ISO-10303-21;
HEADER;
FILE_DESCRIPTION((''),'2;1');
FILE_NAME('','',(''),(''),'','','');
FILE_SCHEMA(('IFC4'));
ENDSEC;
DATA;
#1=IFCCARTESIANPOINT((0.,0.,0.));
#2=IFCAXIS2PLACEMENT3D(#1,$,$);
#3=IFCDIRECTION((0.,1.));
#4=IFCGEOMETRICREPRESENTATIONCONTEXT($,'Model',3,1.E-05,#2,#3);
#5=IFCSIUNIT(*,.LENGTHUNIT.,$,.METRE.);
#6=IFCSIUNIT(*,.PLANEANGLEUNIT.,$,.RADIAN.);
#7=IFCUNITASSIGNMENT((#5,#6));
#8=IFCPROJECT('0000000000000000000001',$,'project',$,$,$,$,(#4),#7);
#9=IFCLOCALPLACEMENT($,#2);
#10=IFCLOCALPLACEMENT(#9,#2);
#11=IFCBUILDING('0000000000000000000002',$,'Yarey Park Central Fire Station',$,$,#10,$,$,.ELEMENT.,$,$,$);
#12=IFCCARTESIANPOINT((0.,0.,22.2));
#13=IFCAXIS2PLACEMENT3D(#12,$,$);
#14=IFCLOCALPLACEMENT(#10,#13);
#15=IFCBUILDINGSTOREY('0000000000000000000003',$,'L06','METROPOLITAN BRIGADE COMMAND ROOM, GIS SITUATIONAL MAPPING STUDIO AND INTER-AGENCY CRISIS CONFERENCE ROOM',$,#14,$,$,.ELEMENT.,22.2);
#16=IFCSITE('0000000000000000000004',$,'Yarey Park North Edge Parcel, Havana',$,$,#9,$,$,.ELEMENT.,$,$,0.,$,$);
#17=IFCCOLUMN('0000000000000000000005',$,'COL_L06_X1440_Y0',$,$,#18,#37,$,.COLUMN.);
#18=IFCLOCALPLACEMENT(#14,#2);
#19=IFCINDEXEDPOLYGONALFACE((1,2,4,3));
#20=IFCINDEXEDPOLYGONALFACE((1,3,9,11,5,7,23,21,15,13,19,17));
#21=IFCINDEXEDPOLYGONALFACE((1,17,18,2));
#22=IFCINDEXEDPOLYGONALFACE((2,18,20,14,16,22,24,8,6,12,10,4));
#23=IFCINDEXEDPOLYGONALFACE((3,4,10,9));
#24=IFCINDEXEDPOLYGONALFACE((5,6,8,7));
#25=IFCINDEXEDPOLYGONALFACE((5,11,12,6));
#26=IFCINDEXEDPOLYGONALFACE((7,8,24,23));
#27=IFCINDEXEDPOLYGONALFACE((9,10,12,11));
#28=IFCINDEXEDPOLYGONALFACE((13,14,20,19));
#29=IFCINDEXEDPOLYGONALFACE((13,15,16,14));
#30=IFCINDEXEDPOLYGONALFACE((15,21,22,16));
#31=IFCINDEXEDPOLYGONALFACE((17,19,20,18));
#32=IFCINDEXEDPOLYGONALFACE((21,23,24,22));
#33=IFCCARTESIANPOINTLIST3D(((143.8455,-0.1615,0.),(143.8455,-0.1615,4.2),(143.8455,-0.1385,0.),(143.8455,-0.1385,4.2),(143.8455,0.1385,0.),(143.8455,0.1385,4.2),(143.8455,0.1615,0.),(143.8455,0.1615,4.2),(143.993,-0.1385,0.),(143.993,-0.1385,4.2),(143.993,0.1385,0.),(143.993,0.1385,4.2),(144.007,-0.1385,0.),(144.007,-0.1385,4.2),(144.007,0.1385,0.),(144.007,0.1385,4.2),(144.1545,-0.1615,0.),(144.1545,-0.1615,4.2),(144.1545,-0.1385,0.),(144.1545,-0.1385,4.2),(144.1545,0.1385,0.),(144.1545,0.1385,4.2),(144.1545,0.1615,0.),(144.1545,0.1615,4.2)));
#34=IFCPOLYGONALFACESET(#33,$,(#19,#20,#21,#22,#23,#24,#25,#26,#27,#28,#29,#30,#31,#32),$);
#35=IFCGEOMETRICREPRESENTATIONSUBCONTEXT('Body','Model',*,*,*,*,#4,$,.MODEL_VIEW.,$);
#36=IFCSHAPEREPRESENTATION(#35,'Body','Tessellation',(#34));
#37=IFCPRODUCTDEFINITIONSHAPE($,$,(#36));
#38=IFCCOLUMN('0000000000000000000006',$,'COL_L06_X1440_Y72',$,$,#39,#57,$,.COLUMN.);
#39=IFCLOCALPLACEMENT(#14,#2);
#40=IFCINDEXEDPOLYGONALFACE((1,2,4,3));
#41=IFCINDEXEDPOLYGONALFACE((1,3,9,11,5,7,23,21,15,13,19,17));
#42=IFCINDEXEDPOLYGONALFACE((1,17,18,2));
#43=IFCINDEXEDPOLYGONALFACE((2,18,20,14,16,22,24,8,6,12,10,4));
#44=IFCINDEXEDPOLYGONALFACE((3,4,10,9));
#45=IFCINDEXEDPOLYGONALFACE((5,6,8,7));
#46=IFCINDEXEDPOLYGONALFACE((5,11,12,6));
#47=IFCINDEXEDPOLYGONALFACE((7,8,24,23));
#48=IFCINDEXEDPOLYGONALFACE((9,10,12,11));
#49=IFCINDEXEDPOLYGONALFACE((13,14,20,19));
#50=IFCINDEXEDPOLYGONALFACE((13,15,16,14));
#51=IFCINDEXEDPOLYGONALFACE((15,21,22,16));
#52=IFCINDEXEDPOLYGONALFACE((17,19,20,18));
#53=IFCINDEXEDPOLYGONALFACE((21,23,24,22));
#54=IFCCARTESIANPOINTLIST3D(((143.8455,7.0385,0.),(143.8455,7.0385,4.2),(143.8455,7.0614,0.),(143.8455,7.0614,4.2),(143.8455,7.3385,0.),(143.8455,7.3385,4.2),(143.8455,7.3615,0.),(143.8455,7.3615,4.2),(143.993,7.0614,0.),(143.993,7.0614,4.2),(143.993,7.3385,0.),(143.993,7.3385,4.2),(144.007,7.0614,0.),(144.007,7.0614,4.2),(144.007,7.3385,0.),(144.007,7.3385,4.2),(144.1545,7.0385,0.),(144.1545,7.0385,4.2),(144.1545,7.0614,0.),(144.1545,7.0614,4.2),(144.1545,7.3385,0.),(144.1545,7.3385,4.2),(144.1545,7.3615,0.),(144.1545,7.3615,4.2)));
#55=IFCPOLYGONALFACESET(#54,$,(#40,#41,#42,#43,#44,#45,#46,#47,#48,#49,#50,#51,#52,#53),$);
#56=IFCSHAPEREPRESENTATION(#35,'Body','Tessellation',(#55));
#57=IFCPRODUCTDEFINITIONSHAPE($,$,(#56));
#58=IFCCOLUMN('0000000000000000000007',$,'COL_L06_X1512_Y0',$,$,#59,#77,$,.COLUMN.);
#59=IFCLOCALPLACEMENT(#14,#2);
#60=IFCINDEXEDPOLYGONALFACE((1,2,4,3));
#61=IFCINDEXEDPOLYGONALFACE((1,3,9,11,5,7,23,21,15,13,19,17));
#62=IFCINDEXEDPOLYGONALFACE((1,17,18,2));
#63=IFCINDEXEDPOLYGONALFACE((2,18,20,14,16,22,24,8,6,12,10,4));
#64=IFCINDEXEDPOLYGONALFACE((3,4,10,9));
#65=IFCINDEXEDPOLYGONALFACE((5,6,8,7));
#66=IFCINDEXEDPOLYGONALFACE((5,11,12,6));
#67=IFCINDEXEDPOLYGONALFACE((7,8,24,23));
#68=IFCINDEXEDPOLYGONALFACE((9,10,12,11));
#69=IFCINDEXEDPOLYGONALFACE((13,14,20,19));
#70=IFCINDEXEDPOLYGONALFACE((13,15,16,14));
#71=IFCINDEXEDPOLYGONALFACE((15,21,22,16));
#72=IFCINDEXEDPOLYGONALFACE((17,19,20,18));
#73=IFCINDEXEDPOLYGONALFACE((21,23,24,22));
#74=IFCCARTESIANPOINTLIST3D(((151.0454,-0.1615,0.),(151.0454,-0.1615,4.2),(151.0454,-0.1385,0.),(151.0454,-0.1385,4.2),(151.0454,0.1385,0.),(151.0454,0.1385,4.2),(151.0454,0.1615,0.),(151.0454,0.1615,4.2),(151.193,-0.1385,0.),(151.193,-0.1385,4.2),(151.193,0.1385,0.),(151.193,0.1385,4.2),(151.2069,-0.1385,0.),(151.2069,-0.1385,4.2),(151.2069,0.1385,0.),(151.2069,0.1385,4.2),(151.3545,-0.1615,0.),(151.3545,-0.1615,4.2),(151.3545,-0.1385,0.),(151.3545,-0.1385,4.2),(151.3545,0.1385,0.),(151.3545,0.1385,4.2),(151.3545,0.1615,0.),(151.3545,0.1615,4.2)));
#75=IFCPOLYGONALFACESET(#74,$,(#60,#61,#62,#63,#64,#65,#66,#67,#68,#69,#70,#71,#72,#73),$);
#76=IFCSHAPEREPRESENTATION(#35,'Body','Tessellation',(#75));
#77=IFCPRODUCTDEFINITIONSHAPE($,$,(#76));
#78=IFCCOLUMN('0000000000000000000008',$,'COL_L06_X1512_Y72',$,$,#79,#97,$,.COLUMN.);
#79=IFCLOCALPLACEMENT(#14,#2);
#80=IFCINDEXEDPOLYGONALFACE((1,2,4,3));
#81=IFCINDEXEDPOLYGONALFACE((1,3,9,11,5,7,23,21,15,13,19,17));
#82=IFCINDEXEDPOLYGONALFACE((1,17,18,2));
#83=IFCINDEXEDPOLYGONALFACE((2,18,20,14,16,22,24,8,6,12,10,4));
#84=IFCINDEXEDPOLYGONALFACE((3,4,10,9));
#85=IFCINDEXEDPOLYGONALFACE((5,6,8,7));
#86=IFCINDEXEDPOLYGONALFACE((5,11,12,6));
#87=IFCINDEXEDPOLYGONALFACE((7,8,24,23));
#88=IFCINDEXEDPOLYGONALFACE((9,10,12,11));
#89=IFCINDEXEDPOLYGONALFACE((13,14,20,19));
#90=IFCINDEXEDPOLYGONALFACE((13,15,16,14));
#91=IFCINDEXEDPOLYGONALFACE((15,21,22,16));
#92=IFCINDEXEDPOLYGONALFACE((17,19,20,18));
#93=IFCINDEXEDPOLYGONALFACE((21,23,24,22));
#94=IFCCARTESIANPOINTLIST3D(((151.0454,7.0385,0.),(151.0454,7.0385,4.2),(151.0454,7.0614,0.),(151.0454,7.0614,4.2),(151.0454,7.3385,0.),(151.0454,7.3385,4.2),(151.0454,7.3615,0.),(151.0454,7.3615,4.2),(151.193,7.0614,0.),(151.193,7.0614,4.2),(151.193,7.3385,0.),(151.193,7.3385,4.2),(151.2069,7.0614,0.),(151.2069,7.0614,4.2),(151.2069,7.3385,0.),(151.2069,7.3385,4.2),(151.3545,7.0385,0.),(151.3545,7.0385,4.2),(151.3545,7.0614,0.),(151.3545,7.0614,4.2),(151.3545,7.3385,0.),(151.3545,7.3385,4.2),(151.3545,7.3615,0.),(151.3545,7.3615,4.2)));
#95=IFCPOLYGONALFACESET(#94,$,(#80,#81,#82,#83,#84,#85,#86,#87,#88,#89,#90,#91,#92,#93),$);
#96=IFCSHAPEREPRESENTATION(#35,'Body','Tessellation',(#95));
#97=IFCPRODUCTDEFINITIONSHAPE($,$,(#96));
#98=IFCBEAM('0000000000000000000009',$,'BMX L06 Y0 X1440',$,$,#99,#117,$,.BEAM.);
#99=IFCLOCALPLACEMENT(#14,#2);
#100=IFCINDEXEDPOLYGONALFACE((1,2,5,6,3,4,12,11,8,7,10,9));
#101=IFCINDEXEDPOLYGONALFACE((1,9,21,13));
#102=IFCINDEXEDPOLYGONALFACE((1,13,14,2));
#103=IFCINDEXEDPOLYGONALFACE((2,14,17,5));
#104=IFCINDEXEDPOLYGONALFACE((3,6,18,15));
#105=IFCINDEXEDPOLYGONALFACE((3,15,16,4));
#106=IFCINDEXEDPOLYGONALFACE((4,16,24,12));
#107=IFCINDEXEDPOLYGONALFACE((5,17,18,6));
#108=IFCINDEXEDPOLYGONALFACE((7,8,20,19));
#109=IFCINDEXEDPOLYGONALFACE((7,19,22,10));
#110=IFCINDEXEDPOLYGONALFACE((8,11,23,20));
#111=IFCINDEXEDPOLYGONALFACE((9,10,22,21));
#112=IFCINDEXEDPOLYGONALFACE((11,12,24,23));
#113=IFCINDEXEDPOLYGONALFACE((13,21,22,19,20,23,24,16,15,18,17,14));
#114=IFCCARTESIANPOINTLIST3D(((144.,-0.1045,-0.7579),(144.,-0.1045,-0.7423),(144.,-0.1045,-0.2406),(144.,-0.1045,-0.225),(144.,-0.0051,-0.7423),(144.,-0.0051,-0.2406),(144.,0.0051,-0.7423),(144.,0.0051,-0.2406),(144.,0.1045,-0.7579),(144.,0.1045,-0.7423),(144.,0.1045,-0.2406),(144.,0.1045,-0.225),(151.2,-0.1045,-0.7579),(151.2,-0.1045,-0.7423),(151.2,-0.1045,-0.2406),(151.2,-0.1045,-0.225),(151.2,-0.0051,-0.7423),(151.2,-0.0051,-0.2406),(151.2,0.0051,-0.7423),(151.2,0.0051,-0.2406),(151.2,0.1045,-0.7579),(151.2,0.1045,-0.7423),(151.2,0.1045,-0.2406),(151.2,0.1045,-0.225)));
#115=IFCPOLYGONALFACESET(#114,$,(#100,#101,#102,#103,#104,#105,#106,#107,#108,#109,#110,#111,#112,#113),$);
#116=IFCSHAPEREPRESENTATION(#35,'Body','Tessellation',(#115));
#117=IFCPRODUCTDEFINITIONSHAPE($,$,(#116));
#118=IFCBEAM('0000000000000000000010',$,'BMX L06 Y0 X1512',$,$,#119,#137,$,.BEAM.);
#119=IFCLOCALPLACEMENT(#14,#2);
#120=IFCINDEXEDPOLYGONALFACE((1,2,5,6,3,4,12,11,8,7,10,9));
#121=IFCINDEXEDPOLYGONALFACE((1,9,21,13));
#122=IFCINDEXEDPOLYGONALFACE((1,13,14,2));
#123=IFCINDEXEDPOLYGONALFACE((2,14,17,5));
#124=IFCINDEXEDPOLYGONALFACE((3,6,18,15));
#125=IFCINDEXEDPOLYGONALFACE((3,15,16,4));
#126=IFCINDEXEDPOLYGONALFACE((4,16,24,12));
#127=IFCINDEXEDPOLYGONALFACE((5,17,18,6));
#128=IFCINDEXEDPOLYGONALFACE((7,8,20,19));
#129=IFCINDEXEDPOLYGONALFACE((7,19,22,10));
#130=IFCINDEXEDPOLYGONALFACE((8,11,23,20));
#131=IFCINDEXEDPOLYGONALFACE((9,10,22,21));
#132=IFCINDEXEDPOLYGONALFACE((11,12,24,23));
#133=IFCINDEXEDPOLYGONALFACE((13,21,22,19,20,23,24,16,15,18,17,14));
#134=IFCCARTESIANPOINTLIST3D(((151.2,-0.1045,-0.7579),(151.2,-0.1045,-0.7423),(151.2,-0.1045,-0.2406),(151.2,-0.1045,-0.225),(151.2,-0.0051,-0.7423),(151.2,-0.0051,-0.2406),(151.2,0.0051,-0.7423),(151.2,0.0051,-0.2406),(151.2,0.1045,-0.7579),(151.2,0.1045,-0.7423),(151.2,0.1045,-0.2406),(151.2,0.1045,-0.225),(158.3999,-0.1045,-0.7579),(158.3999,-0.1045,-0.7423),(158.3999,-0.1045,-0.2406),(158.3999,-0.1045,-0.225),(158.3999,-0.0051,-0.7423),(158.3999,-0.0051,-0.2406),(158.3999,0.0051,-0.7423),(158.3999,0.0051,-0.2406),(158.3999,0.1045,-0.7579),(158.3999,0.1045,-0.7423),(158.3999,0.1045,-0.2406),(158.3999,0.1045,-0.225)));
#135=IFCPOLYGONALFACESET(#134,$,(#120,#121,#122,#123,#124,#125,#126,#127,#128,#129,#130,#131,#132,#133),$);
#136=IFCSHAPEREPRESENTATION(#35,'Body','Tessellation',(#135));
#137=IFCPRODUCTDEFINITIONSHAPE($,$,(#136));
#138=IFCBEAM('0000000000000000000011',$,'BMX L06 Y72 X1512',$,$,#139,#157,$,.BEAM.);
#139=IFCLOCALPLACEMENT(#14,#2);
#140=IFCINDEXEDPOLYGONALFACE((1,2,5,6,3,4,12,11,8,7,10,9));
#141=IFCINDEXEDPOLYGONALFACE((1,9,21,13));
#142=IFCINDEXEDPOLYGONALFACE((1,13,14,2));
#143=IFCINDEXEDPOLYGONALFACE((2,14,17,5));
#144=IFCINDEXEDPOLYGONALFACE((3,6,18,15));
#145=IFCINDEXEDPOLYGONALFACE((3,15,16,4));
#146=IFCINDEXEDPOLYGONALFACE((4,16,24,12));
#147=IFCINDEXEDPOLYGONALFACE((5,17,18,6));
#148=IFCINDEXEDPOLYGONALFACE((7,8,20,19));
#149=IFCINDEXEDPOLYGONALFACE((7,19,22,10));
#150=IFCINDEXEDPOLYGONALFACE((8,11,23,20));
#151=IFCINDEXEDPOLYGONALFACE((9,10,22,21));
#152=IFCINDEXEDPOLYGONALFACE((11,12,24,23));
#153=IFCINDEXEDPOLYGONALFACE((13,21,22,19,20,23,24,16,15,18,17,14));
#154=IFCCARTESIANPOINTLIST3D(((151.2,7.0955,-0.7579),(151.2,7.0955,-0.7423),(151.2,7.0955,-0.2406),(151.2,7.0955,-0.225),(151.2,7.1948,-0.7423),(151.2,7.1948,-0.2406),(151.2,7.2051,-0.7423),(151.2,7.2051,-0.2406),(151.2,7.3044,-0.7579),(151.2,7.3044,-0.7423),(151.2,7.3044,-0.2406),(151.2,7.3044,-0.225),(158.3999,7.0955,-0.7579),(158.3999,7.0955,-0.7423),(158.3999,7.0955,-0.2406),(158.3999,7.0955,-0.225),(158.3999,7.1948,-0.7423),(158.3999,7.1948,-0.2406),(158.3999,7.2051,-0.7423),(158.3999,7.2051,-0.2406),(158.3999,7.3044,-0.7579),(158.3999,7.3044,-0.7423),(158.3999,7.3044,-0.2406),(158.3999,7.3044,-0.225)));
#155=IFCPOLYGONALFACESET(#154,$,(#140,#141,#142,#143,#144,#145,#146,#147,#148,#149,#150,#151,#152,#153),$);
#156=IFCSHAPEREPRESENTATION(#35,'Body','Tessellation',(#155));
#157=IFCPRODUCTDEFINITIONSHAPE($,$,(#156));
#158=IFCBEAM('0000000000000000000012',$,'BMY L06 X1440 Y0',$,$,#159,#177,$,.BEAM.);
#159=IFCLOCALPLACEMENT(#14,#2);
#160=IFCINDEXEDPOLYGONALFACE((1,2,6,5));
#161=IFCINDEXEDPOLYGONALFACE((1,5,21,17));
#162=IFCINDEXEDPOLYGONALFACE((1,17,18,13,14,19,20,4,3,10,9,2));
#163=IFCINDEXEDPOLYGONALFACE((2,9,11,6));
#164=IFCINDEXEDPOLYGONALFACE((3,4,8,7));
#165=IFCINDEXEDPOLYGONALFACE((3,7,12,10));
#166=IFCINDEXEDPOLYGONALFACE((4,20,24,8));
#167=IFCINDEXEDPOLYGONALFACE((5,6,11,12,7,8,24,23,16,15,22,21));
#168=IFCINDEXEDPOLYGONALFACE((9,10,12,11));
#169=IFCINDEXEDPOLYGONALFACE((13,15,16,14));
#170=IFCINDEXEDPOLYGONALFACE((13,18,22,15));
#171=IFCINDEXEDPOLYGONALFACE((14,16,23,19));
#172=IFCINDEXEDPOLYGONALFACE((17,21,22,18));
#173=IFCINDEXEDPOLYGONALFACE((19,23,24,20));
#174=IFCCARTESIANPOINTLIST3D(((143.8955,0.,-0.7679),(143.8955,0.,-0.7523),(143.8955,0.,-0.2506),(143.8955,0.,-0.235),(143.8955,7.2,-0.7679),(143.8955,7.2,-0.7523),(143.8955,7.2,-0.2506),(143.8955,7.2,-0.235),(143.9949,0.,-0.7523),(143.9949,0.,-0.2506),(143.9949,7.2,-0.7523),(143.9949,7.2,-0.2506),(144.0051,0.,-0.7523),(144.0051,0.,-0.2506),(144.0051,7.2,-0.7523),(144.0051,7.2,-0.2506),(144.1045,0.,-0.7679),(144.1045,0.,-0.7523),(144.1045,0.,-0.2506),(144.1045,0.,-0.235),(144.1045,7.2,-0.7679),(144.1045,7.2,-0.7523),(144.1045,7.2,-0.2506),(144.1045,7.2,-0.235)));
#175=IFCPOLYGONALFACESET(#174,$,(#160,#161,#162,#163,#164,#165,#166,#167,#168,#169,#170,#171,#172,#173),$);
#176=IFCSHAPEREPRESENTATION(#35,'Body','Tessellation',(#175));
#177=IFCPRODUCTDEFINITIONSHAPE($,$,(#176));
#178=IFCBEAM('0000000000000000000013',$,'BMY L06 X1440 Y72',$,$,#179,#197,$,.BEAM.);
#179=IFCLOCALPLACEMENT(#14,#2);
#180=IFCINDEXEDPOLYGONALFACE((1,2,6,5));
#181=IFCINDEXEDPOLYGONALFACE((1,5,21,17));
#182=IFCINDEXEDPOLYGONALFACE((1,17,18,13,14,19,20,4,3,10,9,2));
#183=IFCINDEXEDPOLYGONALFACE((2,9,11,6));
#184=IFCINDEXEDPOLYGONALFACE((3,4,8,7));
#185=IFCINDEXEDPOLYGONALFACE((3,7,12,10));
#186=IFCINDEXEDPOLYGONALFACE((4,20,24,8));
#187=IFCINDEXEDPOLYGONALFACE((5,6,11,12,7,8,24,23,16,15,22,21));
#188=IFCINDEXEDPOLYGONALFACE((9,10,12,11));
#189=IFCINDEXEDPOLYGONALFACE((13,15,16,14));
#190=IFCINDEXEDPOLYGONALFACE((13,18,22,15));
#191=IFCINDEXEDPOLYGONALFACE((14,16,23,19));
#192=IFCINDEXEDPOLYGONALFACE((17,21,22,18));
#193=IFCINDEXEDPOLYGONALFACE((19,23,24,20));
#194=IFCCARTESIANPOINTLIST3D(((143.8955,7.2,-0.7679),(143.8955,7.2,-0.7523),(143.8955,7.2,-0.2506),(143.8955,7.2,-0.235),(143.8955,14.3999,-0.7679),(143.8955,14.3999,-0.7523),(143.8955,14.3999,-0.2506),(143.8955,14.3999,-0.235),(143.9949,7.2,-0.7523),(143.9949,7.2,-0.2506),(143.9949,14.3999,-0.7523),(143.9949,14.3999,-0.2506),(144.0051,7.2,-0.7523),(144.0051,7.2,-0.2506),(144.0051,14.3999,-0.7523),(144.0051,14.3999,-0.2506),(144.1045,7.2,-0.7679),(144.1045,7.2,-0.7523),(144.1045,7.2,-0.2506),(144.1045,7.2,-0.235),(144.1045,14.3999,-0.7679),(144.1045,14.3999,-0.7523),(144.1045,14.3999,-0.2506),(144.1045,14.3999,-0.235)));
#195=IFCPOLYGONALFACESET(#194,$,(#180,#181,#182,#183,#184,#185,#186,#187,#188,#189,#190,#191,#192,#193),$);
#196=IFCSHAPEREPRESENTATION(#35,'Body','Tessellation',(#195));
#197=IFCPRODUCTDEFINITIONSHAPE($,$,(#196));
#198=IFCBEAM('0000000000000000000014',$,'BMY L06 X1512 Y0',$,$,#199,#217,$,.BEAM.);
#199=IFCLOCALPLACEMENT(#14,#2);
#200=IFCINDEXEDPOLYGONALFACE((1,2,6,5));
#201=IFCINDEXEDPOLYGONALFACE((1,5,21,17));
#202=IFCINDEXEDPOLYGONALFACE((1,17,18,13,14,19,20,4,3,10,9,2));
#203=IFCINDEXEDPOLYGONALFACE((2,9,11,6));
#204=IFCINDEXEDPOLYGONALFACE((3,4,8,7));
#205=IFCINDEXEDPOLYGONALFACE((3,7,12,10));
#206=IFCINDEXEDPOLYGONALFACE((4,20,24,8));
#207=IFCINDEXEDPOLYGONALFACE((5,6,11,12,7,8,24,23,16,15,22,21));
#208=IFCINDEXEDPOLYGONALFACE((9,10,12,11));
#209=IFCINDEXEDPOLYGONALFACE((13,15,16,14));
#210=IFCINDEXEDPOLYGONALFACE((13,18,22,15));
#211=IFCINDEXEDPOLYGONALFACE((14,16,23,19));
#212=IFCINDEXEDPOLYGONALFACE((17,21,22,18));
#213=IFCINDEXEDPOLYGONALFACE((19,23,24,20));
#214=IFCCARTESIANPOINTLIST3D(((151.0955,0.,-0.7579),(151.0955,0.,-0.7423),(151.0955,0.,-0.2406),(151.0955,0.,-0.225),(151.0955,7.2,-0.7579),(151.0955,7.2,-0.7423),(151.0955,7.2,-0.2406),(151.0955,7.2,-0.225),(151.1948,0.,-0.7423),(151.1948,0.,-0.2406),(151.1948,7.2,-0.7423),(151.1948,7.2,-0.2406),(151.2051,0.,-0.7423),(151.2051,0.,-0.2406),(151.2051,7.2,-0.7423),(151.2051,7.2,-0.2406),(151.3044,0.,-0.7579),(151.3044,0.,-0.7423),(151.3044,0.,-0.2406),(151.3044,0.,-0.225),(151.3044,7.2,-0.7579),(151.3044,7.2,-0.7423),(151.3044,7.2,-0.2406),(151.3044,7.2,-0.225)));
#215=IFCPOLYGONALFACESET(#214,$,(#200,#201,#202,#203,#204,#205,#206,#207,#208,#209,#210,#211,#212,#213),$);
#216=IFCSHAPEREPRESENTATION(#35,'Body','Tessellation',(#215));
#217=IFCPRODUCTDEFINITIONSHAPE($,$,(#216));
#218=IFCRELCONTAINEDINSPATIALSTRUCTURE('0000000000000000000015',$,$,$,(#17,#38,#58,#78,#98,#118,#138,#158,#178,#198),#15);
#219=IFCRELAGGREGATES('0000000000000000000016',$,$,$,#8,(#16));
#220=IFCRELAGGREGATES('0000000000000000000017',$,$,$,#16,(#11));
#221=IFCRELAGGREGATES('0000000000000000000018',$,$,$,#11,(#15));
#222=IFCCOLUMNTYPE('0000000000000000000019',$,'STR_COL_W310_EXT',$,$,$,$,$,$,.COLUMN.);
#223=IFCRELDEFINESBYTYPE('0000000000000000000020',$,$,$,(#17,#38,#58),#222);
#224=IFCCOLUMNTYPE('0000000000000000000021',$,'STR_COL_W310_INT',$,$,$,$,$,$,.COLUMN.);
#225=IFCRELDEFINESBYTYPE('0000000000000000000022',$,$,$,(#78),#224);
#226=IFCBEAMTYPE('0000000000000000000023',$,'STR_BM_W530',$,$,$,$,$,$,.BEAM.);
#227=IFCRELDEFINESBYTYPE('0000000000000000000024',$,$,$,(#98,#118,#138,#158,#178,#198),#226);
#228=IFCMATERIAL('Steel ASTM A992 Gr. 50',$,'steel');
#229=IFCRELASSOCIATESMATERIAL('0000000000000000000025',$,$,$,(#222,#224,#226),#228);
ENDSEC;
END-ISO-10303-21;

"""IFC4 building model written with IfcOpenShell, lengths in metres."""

from ifc_helpers import new_model, si_unit, direction, frame, origin, origin_2d, place, context, subcontext, project, spatial, i_section, extrude, material, material_profile, profile_set, type_object, element, save


model = new_model("IFC4")

# Units and contexts
model_context = context("Model", 3, precision=1e-05, world=origin(), true_north=direction((0.0, 1.0)))
body_context = subcontext(model_context, "Body", "Model", "MODEL_VIEW")
ifc_project = project(units=[si_unit("LENGTHUNIT", "METRE"), si_unit("PLANEANGLEUNIT", "RADIAN")], contexts=[model_context])

# Site, building, storey
site_placement = place(None, origin())
site = spatial("IfcSite", under=ifc_project, at=site_placement, Name="Yarey Park North Edge Parcel, Havana", CompositionType="ELEMENT", RefElevation=0.0)
building_placement = place(site_placement, origin())
building = spatial("IfcBuilding", under=site, at=building_placement, Name="Yarey Park Central Fire Station", CompositionType="ELEMENT")
storey_placement = place(building_placement, frame((0.0, 0.0, 22.2)))
storey = spatial("IfcBuildingStorey", under=building, at=storey_placement, Name="L06", Description="METROPOLITAN BRIGADE COMMAND ROOM, GIS SITUATIONAL MAPPING STUDIO AND INTER-AGENCY CRISIS CONFERENCE ROOM", CompositionType="ELEMENT", Elevation=22.2)

# Columns
ifc_material_1 = material(Name="Steel ASTM A992 Gr. 50", Category="steel")
ifc_material_profile_1 = material_profile(ifc_material_1, i_section(OverallWidth=0.3091, OverallDepth=0.323, WebThickness=0.0139, FlangeThickness=0.0229, at=origin_2d()), Name="W310x143")
ifc_profile_set_1 = profile_set([ifc_material_profile_1], Name="Steel ASTM A992 Gr. 50")
column_type_1 = type_object("IfcColumnType", Name="STR_COL_W310_EXT", PredefinedType="COLUMN", material=ifc_profile_set_1)
for number, where, z_axis, x_axis, name in (
    (1, (144.0, 0.0, 0.0), (0.0, 0.0, 1.0), (1.0, 0.0, 0.0), "COL_L06_X1440_Y0"),
    (2, (144.0, 7.2, 0.0), (0.0, 0.0, 1.0), (1.0, 0.0, 0.0), "COL_L06_X1440_Y72"),
    (3, (151.2, 0.0, 0.0), (0.0, 0.0, 1.0), (1.0, 0.0, 0.0), "COL_L06_X1512_Y0"),
):
    element("IfcColumn", number, at=place(storey_placement, frame(where, z_axis=z_axis, x_axis=x_axis)), inside=storey, type_object=column_type_1, Name=name, PredefinedType="COLUMN", context=body_context, shape_type="SweptSolid", body=[
        extrude(i_section(OverallWidth=0.3091, OverallDepth=0.323, WebThickness=0.0139, FlangeThickness=0.0229, at=origin_2d()), origin(), (0.0, 0.0, 1.0), 4.2),
    ])
ifc_material_profile_2 = material_profile(ifc_material_1, i_section(OverallWidth=0.3091, OverallDepth=0.323, WebThickness=0.0139, FlangeThickness=0.0229, at=origin_2d()), Name="W310x143")
ifc_profile_set_2 = profile_set([ifc_material_profile_2], Name="Steel ASTM A992 Gr. 50")
column_type_2 = type_object("IfcColumnType", Name="STR_COL_W310_INT", PredefinedType="COLUMN", material=ifc_profile_set_2)
column_placement = place(storey_placement, frame((151.2, 7.2, 0.0), z_axis=(0.0, 0.0, 1.0), x_axis=(1.0, 0.0, 0.0)))
element("IfcColumn", 4, at=column_placement, inside=storey, type_object=column_type_2, Name="COL_L06_X1512_Y72", PredefinedType="COLUMN", context=body_context, shape_type="SweptSolid", body=[
    extrude(i_section(OverallWidth=0.3091, OverallDepth=0.323, WebThickness=0.0139, FlangeThickness=0.0229, at=origin_2d()), origin(), (0.0, 0.0, 1.0), 4.2),
])

# Beams
ifc_material_profile_3 = material_profile(ifc_material_1, i_section(OverallWidth=0.209, OverallDepth=0.533, WebThickness=0.0103, FlangeThickness=0.0156, at=origin_2d()), Name="W530x92")
ifc_profile_set_3 = profile_set([ifc_material_profile_3], Name="Steel ASTM A992 Gr. 50")
beam_type_1 = type_object("IfcBeamType", Name="STR_BM_W530", PredefinedType="BEAM", material=ifc_profile_set_3)
for number, where, z_axis, x_axis, name in (
    (5, (144.0, 0.0, -0.4915), (1.0, 0.0, 0.0), (0.0, 1.0, 0.0), "BMX L06 Y0 X1440"),
    (6, (151.2, 0.0, -0.4915), (1.0, 0.0, 0.0), (0.0, 1.0, 0.0), "BMX L06 Y0 X1512"),
    (7, (151.2, 7.2, -0.4915), (1.0, 0.0, 0.0), (0.0, 1.0, 0.0), "BMX L06 Y72 X1512"),
    (8, (144.0, 0.0, -0.5015), (0.0, 1.0, 0.0), (-1.0, 0.0, 0.0), "BMY L06 X1440 Y0"),
    (9, (144.0, 7.2, -0.5015), (0.0, 1.0, 0.0), (-1.0, 0.0, 0.0), "BMY L06 X1440 Y72"),
    (10, (151.2, 0.0, -0.4915), (0.0, 1.0, 0.0), (-1.0, 0.0, 0.0), "BMY L06 X1512 Y0"),
):
    element("IfcBeam", number, at=place(storey_placement, frame(where, z_axis=z_axis, x_axis=x_axis)), inside=storey, type_object=beam_type_1, Name=name, PredefinedType="BEAM", context=body_context, shape_type="SweptSolid", body=[
        extrude(i_section(OverallWidth=0.209, OverallDepth=0.533, WebThickness=0.0103, FlangeThickness=0.0156, at=origin_2d()), origin(), (0.0, 0.0, 1.0), 7.2),
    ])

save(model, "model.ifc")
